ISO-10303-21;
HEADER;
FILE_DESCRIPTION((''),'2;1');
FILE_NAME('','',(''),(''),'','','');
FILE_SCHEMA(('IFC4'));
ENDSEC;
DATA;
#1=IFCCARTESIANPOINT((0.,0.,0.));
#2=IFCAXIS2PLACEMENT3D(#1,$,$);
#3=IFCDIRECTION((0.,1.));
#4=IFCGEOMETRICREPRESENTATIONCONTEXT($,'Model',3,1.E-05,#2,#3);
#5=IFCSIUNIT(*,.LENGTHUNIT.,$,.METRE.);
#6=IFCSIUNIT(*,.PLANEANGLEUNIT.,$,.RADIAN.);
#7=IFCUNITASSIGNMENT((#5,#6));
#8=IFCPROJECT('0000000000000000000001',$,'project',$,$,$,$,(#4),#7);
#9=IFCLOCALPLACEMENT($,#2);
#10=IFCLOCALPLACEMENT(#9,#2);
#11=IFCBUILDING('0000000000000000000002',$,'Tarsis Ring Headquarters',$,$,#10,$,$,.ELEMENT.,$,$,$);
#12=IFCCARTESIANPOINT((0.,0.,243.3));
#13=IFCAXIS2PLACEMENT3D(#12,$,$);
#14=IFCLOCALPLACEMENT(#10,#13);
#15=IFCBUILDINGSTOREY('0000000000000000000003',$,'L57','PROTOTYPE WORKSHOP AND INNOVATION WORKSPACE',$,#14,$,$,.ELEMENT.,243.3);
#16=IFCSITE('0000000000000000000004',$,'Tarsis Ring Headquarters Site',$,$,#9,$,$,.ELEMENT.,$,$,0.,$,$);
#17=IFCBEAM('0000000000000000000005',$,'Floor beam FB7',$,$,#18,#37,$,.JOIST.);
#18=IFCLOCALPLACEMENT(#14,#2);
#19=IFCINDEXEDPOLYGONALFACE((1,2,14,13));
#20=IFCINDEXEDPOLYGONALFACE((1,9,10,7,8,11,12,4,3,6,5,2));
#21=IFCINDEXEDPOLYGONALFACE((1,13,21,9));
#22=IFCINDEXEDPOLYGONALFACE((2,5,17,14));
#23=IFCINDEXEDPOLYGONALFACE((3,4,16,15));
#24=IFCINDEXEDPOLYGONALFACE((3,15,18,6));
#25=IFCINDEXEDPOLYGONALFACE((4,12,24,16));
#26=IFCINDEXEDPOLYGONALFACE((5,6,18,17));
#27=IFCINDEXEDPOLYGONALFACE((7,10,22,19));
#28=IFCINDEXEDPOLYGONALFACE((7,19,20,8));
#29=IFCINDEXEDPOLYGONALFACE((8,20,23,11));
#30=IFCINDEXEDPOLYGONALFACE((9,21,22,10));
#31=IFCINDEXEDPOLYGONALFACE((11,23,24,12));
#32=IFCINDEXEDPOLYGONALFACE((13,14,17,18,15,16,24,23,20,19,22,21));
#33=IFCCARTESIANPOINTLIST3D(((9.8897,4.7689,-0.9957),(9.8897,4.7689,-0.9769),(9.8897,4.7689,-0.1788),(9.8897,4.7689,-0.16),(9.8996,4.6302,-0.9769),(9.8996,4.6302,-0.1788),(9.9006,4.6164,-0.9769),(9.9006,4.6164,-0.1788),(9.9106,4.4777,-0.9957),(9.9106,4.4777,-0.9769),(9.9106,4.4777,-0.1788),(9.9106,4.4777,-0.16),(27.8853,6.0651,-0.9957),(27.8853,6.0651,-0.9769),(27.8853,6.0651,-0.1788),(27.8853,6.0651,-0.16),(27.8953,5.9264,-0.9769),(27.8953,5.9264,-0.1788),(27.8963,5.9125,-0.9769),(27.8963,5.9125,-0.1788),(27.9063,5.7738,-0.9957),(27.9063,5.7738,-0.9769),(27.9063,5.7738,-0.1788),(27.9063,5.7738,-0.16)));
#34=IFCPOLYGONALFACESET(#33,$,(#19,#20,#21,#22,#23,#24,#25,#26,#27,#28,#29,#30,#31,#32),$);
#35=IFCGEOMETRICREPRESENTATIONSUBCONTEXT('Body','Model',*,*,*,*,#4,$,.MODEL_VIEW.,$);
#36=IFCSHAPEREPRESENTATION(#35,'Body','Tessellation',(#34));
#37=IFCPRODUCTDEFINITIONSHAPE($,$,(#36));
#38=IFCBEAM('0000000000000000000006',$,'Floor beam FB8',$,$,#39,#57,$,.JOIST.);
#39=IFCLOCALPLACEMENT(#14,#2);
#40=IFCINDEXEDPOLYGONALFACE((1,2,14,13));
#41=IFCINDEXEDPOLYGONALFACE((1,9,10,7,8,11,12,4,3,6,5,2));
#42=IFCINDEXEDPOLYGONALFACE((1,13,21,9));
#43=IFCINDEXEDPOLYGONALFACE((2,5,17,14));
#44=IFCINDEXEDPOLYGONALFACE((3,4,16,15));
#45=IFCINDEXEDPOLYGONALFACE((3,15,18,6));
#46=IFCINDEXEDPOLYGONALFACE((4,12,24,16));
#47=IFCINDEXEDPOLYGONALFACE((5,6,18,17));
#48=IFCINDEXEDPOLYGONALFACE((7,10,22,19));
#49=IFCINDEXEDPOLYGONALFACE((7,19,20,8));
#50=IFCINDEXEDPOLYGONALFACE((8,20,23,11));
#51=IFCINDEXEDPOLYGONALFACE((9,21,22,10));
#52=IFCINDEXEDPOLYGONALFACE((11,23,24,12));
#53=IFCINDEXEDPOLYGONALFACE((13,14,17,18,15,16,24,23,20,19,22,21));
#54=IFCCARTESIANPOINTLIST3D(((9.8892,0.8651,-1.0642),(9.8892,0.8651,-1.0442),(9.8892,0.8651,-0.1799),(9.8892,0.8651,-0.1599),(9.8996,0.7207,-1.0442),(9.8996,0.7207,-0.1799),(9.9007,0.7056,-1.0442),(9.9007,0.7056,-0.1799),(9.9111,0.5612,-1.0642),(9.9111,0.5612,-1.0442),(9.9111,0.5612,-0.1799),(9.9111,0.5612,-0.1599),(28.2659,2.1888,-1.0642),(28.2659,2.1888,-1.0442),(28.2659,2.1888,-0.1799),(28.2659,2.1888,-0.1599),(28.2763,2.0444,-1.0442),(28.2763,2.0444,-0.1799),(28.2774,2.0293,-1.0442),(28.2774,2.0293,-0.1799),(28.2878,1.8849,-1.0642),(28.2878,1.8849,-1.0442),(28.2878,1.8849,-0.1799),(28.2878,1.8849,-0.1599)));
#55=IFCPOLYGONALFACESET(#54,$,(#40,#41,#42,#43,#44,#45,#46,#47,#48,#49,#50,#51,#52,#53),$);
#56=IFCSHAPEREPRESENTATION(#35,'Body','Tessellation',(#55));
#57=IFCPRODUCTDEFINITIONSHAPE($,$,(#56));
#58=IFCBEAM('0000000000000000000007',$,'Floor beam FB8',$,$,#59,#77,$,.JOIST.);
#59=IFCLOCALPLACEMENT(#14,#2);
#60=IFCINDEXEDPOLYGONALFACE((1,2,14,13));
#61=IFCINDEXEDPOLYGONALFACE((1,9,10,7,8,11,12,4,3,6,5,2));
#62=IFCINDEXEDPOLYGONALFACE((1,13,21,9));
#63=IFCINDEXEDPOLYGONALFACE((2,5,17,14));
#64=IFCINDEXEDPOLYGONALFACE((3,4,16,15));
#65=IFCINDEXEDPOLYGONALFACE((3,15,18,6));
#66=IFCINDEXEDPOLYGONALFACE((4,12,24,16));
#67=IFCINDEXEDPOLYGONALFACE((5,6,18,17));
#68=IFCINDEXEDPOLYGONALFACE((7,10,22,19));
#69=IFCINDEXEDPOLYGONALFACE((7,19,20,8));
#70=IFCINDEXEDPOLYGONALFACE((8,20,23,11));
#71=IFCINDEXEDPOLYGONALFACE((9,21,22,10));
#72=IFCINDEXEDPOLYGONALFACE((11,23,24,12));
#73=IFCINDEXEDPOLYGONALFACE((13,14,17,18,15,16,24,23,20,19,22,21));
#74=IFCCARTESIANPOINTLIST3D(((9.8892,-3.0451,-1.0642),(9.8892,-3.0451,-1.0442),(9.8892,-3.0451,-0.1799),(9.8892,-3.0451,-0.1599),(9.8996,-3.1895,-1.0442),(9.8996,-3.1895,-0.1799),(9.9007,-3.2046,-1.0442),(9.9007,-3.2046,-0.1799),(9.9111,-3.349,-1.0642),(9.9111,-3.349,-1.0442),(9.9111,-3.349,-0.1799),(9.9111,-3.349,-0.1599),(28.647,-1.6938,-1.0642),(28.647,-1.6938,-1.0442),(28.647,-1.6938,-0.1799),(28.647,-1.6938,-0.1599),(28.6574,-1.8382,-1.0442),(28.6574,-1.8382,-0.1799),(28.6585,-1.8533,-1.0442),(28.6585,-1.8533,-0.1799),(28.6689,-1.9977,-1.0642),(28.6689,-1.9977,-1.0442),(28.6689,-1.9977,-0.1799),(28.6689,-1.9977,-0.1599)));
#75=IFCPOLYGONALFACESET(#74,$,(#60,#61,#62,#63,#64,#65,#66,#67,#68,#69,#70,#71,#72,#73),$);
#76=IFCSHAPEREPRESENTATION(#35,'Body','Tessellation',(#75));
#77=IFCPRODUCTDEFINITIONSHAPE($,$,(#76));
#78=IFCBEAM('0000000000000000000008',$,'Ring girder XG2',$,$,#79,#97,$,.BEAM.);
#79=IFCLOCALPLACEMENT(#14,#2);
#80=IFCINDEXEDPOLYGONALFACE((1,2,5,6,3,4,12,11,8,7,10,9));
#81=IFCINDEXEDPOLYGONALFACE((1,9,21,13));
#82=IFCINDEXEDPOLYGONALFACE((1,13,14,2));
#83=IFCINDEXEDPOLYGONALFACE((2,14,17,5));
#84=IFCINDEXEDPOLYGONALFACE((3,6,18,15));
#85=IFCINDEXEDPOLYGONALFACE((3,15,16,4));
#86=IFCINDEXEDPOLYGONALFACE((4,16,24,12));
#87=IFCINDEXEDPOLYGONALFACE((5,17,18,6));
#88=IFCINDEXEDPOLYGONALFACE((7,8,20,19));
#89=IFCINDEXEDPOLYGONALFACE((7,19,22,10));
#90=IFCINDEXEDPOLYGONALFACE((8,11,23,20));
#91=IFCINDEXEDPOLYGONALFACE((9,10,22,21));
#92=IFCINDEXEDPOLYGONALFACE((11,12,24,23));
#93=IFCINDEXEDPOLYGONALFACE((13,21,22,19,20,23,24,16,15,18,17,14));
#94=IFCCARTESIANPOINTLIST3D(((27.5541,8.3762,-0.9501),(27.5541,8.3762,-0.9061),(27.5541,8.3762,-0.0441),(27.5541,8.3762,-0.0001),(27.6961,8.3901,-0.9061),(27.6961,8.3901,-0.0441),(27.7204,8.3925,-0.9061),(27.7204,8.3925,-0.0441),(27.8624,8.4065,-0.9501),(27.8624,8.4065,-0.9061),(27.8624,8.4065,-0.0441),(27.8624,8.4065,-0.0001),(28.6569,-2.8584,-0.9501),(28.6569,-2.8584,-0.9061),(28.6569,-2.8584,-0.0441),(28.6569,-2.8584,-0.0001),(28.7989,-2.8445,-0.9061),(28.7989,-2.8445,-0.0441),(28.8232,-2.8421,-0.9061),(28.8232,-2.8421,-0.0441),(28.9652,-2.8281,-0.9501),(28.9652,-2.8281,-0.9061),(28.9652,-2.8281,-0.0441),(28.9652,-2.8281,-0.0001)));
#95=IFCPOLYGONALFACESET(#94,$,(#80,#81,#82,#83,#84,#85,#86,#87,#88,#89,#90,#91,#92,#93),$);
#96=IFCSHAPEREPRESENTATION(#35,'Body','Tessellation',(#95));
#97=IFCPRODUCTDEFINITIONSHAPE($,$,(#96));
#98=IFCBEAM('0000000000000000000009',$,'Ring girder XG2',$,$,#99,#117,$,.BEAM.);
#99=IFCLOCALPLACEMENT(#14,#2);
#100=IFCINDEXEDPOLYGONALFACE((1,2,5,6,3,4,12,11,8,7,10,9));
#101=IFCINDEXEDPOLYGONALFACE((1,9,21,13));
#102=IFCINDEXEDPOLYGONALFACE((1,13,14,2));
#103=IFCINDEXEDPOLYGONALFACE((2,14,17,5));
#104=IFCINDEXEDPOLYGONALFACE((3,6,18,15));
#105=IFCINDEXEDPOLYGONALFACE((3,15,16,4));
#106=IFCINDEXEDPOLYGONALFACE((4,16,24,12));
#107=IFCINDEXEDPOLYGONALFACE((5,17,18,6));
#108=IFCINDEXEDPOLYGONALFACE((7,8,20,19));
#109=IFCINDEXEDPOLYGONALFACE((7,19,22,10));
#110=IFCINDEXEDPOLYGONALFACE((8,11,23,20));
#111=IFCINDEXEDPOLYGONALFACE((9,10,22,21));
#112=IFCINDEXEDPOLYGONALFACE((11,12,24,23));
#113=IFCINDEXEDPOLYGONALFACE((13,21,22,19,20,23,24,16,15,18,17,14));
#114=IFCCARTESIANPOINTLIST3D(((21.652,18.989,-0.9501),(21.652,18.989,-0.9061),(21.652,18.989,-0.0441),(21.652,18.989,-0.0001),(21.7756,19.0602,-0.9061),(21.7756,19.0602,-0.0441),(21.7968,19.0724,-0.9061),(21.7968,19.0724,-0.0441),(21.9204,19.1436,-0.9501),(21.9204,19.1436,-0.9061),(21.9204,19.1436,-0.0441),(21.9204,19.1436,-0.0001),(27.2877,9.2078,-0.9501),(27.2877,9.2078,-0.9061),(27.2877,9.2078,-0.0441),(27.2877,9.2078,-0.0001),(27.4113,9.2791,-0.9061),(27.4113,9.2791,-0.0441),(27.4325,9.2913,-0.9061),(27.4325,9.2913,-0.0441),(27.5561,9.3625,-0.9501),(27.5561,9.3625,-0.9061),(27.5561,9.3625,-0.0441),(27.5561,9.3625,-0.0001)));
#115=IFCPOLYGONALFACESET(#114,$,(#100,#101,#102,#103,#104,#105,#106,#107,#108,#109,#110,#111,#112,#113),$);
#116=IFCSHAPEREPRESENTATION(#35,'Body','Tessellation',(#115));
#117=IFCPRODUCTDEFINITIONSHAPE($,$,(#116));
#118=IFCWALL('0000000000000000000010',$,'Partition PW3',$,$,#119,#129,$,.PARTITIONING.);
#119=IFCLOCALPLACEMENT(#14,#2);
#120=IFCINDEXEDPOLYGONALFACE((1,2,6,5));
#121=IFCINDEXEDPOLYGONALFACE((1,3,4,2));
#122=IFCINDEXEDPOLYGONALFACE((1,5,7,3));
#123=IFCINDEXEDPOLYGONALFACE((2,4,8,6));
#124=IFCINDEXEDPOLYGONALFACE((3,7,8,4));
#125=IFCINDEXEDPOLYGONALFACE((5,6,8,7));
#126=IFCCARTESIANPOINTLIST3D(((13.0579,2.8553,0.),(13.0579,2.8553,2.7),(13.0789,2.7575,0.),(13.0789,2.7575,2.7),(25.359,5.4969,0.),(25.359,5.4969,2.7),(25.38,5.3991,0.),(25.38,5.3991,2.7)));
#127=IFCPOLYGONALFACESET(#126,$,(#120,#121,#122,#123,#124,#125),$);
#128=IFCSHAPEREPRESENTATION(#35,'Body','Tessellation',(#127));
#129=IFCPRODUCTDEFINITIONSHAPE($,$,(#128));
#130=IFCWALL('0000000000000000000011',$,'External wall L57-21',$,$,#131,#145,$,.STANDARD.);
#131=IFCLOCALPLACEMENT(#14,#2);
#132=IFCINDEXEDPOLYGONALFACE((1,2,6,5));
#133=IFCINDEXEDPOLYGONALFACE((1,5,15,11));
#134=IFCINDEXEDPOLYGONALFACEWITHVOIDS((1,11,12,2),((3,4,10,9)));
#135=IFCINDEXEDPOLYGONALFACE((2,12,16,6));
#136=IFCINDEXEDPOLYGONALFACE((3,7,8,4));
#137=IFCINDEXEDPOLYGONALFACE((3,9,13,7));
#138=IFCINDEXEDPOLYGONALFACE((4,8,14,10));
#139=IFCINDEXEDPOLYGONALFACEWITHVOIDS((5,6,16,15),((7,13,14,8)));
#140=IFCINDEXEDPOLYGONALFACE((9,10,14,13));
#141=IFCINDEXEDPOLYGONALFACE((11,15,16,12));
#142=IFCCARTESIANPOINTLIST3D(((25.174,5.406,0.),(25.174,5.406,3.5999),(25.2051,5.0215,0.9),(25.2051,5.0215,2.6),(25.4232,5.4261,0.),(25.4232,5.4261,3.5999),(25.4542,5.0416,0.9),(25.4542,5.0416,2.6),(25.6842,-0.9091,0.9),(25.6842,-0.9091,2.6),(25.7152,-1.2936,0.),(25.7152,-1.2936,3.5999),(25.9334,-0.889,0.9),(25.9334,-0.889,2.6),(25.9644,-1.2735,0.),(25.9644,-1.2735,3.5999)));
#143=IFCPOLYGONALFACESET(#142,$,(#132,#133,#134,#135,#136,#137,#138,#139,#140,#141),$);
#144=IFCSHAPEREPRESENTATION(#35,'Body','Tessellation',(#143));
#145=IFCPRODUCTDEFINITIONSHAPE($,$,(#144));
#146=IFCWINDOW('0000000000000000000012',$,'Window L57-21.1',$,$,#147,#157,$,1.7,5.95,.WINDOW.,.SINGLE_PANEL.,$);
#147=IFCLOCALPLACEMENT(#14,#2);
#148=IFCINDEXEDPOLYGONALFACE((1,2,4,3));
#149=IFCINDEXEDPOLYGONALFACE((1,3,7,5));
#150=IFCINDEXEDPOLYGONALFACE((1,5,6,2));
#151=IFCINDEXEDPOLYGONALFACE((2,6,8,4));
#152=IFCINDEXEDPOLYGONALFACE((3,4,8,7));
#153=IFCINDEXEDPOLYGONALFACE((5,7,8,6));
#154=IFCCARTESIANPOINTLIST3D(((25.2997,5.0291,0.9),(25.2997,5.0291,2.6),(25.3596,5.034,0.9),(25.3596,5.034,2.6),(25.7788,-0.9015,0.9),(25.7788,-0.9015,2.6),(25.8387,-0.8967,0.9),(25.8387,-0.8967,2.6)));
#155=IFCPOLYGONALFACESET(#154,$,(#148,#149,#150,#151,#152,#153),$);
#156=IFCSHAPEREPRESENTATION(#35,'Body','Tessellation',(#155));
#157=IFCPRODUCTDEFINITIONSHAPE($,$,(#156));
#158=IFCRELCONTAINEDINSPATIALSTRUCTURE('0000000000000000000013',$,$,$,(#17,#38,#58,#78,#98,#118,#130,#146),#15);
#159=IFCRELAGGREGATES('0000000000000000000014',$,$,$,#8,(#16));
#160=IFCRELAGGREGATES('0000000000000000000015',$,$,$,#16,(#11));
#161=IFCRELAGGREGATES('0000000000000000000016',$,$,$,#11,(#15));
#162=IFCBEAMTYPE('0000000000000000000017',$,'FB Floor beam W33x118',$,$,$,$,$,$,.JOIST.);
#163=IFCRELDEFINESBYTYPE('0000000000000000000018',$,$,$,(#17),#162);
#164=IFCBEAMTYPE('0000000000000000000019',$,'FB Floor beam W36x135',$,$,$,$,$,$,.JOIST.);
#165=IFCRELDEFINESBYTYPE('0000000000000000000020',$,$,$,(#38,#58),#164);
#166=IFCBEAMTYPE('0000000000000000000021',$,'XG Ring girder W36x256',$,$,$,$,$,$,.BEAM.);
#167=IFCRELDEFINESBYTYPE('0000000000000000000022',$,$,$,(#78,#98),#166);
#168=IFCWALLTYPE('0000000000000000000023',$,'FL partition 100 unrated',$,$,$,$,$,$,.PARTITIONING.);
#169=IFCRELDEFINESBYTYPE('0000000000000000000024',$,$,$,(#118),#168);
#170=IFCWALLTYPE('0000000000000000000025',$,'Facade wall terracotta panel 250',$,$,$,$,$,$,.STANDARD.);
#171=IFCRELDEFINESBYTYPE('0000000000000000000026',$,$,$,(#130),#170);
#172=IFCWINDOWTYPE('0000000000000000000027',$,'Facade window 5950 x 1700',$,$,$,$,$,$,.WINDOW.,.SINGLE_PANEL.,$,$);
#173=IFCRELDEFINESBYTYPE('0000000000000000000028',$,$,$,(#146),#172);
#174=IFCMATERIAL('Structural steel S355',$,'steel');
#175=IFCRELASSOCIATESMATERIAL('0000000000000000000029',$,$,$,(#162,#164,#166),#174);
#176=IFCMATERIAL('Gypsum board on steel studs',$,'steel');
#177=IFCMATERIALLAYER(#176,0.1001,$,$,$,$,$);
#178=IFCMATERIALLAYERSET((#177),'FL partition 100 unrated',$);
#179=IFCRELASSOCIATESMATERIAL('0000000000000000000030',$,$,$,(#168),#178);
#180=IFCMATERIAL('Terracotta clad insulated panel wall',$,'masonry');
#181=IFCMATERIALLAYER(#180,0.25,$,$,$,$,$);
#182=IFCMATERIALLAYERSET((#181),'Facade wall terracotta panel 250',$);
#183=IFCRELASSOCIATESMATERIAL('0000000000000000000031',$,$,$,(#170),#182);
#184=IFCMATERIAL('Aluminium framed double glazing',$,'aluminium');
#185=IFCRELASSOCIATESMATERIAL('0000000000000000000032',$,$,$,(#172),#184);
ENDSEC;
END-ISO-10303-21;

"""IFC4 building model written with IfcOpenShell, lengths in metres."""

from ifc_helpers import new_model, si_unit, direction, frame, frame_2d, origin, origin_2d, place, context, subcontext, project, spatial, rectangle, i_section, extrude, material, layer, layer_set, material_profile, profile_set, type_object, element, fill, save


model = new_model("IFC4")

# Units and contexts
model_context = context("Model", 3, precision=1e-05, world=origin(), true_north=direction((0.0, 1.0)))
body_context = subcontext(model_context, "Body", "Model", "MODEL_VIEW")
ifc_project = project(units=[si_unit("LENGTHUNIT", "METRE"), si_unit("PLANEANGLEUNIT", "RADIAN")], contexts=[model_context])

# Site, building, storey
site_placement = place(None, origin())
site = spatial("IfcSite", under=ifc_project, at=site_placement, Name="Tarsis Ring Headquarters Site", CompositionType="ELEMENT", RefElevation=0.0)
building_placement = place(site_placement, origin())
building = spatial("IfcBuilding", under=site, at=building_placement, Name="Tarsis Ring Headquarters", CompositionType="ELEMENT")
storey_placement = place(building_placement, frame((0.0, 0.0, 243.3)))
storey = spatial("IfcBuildingStorey", under=building, at=storey_placement, Name="L57", Description="PROTOTYPE WORKSHOP AND INNOVATION WORKSPACE", CompositionType="ELEMENT", Elevation=243.3)

# Shared definitions
ifc_material_1 = material(Name="Structural steel S355", Category="steel")

# Beams
ifc_material_profile_1 = material_profile(ifc_material_1, i_section(OverallWidth=0.292, OverallDepth=0.8357, WebThickness=0.0139, FlangeThickness=0.0188, at=origin_2d()), Name="W33x118")
ifc_profile_set_1 = profile_set([ifc_material_profile_1], Name="Structural steel S355")
beam_type_1 = type_object("IfcBeamType", Name="FB Floor beam W33x118", PredefinedType="JOIST", material=ifc_profile_set_1)
beam_1_placement = place(storey_placement, frame((9.9001, 4.6233, -0.5779), z_axis=(0.997416, 0.071839, 0.0), x_axis=(-0.071839, 0.997416, 0.0)))
element("IfcBeam", 1, at=beam_1_placement, inside=storey, type_object=beam_type_1, Name="Floor beam FB7", PredefinedType="JOIST", context=body_context, shape_type="SweptSolid", body=[
    extrude(i_section(OverallWidth=0.292, OverallDepth=0.8357, WebThickness=0.0139, FlangeThickness=0.0188, at=origin_2d()), origin(), (0.0, 0.0, 1.0), 18.0422),
])
ifc_material_profile_2 = material_profile(ifc_material_1, i_section(OverallWidth=0.3047, OverallDepth=0.9043, WebThickness=0.0151, FlangeThickness=0.02, at=origin_2d()), Name="W36x135")
ifc_profile_set_2 = profile_set([ifc_material_profile_2], Name="Structural steel S355")
beam_type_2 = type_object("IfcBeamType", Name="FB Floor beam W36x135", PredefinedType="JOIST", material=ifc_profile_set_2)
beam_2_placement = place(storey_placement, frame((9.9001, 0.7131, -0.6121), z_axis=(0.997416, 0.071847, 0.0), x_axis=(-0.071847, 0.997416, 0.0)))
element("IfcBeam", 2, at=beam_2_placement, inside=storey, type_object=beam_type_2, Name="Floor beam FB8", PredefinedType="JOIST", context=body_context, shape_type="SweptSolid", body=[
    extrude(i_section(OverallWidth=0.3047, OverallDepth=0.9043, WebThickness=0.0151, FlangeThickness=0.02, at=origin_2d()), origin(), (0.0, 0.0, 1.0), 18.4243),
])
beam_3_placement = place(storey_placement, frame((9.9001, -3.197, -0.6121), z_axis=(0.997415, 0.071854, 0.0), x_axis=(-0.071854, 0.997415, 0.0)))
element("IfcBeam", 3, at=beam_3_placement, inside=storey, type_object=beam_type_2, Name="Floor beam FB8", PredefinedType="JOIST", context=body_context, shape_type="SweptSolid", body=[
    extrude(i_section(OverallWidth=0.3047, OverallDepth=0.9043, WebThickness=0.0151, FlangeThickness=0.02, at=origin_2d()), origin(), (0.0, 0.0, 1.0), 18.8064),
])
ifc_material_profile_3 = material_profile(ifc_material_1, i_section(OverallWidth=0.3098, OverallDepth=0.95, WebThickness=0.0244, FlangeThickness=0.0439, at=origin_2d()), Name="W36x256")
ifc_profile_set_3 = profile_set([ifc_material_profile_3], Name="Structural steel S355")
beam_type_3 = type_object("IfcBeamType", Name="XG Ring girder W36x256", PredefinedType="BEAM", material=ifc_profile_set_3)
for number, where, z_axis, x_axis, name in (
    (4, (28.811, -2.8433, -0.4751), (-0.09769, 0.995217, 0.0), (-0.995217, -0.09769, 0.0), "Ring girder XG2"),
    (5, (27.4219, 9.2852, -0.4751), (-0.499238, 0.866465, 0.0), (-0.866465, -0.499238, 0.0), "Ring girder XG2"),
):
    element("IfcBeam", number, at=place(storey_placement, frame(where, z_axis=z_axis, x_axis=x_axis)), inside=storey, type_object=beam_type_3, Name=name, PredefinedType="BEAM", context=body_context, shape_type="SweptSolid", body=[
        extrude(i_section(OverallWidth=0.3098, OverallDepth=0.95, WebThickness=0.0244, FlangeThickness=0.0439, at=origin_2d()), origin(), (0.0, 0.0, 1.0), 11.2886),
    ])

# Wall
ifc_material_2 = material(Name="Gypsum board on steel studs", Category="steel")
ifc_layer_1 = layer(ifc_material_2, 0.1001)
ifc_layer_set_1 = layer_set([ifc_layer_1], Name="FL partition 100 unrated")
wall_type_1 = type_object("IfcWallType", Name="FL partition 100 unrated", PredefinedType="PARTITIONING", material=ifc_layer_set_1)
wall_1_placement = place(storey_placement, frame((13.0684, 2.8064, 0.0), z_axis=(0.0, 0.0, 1.0), x_axis=(0.97771, 0.20996, 0.0)))
element("IfcWall", 6, at=wall_1_placement, inside=storey, type_object=wall_type_1, Name="Partition PW3", PredefinedType="PARTITIONING", context=body_context, shape_type="SweptSolid", body=[
    extrude(rectangle(XDim=12.5815, YDim=0.1001, at=frame_2d((6.2908, 0.0))), origin(), (0.0, 0.0, 1.0), 2.7),
])

# Wall, opening, window
ifc_material_3 = material(Name="Terracotta clad insulated panel wall", Category="masonry")
ifc_layer_2 = layer(ifc_material_3, 0.25)
ifc_layer_set_2 = layer_set([ifc_layer_2], Name="Facade wall terracotta panel 250")
wall_type_2 = type_object("IfcWallType", Name="Facade wall terracotta panel 250", PredefinedType="STANDARD", material=ifc_layer_set_2)
wall_2_placement = place(storey_placement, frame((25.8398, -1.2837, 0.0), z_axis=(0.0, 0.0, 1.0), x_axis=(-0.080526, 0.996752, 0.0)))
wall_2 = element("IfcWall", 7, at=wall_2_placement, inside=storey, type_object=wall_type_2, Name="External wall L57-21", PredefinedType="STANDARD", context=body_context, shape_type="SweptSolid", body=[
    extrude(rectangle(XDim=6.7214, YDim=0.25, at=frame_2d((3.3608, 0.0))), origin(), (0.0, 0.0, 1.0), 3.5999),
])
opening_1_placement = place(wall_2_placement, frame((0.3857, 0.0, 0.8999)))
opening_1 = element("IfcOpeningElement", 8, at=opening_1_placement, cuts=wall_2, PredefinedType="OPENING", context=body_context, shape_type="SweptSolid", body=[
    extrude(rectangle(XDim=5.95, YDim=1.7, at=frame_2d((2.9751, 0.8501))), frame((0.0, 0.135, 0.0), z_axis=(0.0, -1.0, 0.0), x_axis=(1.0, 0.0, 0.0)), (0.0, 0.0, 1.0), 0.27),
])
ifc_material_4 = material(Name="Aluminium framed double glazing", Category="aluminium")
window_type = type_object("IfcWindowType", Name="Facade window 5950 x 1700", PartitioningType="SINGLE_PANEL", PredefinedType="WINDOW", material=ifc_material_4)
window_1_placement = place(opening_1_placement, origin())
window_1 = element("IfcWindow", 9, at=window_1_placement, inside=storey, type_object=window_type, Name="Window L57-21.1", OverallHeight=1.7, OverallWidth=5.95, PartitioningType="SINGLE_PANEL", PredefinedType="WINDOW", context=body_context, shape_type="SweptSolid", body=[
    extrude(rectangle(XDim=5.95, YDim=1.7, at=frame_2d((2.9751, 0.8501))), frame((0.0, 0.03, 0.0), z_axis=(0.0, -1.0, 0.0), x_axis=(1.0, 0.0, 0.0)), (0.0, 0.0, 1.0), 0.0601),
])
fill(opening_1, window_1)

save(model, "model.ifc")
